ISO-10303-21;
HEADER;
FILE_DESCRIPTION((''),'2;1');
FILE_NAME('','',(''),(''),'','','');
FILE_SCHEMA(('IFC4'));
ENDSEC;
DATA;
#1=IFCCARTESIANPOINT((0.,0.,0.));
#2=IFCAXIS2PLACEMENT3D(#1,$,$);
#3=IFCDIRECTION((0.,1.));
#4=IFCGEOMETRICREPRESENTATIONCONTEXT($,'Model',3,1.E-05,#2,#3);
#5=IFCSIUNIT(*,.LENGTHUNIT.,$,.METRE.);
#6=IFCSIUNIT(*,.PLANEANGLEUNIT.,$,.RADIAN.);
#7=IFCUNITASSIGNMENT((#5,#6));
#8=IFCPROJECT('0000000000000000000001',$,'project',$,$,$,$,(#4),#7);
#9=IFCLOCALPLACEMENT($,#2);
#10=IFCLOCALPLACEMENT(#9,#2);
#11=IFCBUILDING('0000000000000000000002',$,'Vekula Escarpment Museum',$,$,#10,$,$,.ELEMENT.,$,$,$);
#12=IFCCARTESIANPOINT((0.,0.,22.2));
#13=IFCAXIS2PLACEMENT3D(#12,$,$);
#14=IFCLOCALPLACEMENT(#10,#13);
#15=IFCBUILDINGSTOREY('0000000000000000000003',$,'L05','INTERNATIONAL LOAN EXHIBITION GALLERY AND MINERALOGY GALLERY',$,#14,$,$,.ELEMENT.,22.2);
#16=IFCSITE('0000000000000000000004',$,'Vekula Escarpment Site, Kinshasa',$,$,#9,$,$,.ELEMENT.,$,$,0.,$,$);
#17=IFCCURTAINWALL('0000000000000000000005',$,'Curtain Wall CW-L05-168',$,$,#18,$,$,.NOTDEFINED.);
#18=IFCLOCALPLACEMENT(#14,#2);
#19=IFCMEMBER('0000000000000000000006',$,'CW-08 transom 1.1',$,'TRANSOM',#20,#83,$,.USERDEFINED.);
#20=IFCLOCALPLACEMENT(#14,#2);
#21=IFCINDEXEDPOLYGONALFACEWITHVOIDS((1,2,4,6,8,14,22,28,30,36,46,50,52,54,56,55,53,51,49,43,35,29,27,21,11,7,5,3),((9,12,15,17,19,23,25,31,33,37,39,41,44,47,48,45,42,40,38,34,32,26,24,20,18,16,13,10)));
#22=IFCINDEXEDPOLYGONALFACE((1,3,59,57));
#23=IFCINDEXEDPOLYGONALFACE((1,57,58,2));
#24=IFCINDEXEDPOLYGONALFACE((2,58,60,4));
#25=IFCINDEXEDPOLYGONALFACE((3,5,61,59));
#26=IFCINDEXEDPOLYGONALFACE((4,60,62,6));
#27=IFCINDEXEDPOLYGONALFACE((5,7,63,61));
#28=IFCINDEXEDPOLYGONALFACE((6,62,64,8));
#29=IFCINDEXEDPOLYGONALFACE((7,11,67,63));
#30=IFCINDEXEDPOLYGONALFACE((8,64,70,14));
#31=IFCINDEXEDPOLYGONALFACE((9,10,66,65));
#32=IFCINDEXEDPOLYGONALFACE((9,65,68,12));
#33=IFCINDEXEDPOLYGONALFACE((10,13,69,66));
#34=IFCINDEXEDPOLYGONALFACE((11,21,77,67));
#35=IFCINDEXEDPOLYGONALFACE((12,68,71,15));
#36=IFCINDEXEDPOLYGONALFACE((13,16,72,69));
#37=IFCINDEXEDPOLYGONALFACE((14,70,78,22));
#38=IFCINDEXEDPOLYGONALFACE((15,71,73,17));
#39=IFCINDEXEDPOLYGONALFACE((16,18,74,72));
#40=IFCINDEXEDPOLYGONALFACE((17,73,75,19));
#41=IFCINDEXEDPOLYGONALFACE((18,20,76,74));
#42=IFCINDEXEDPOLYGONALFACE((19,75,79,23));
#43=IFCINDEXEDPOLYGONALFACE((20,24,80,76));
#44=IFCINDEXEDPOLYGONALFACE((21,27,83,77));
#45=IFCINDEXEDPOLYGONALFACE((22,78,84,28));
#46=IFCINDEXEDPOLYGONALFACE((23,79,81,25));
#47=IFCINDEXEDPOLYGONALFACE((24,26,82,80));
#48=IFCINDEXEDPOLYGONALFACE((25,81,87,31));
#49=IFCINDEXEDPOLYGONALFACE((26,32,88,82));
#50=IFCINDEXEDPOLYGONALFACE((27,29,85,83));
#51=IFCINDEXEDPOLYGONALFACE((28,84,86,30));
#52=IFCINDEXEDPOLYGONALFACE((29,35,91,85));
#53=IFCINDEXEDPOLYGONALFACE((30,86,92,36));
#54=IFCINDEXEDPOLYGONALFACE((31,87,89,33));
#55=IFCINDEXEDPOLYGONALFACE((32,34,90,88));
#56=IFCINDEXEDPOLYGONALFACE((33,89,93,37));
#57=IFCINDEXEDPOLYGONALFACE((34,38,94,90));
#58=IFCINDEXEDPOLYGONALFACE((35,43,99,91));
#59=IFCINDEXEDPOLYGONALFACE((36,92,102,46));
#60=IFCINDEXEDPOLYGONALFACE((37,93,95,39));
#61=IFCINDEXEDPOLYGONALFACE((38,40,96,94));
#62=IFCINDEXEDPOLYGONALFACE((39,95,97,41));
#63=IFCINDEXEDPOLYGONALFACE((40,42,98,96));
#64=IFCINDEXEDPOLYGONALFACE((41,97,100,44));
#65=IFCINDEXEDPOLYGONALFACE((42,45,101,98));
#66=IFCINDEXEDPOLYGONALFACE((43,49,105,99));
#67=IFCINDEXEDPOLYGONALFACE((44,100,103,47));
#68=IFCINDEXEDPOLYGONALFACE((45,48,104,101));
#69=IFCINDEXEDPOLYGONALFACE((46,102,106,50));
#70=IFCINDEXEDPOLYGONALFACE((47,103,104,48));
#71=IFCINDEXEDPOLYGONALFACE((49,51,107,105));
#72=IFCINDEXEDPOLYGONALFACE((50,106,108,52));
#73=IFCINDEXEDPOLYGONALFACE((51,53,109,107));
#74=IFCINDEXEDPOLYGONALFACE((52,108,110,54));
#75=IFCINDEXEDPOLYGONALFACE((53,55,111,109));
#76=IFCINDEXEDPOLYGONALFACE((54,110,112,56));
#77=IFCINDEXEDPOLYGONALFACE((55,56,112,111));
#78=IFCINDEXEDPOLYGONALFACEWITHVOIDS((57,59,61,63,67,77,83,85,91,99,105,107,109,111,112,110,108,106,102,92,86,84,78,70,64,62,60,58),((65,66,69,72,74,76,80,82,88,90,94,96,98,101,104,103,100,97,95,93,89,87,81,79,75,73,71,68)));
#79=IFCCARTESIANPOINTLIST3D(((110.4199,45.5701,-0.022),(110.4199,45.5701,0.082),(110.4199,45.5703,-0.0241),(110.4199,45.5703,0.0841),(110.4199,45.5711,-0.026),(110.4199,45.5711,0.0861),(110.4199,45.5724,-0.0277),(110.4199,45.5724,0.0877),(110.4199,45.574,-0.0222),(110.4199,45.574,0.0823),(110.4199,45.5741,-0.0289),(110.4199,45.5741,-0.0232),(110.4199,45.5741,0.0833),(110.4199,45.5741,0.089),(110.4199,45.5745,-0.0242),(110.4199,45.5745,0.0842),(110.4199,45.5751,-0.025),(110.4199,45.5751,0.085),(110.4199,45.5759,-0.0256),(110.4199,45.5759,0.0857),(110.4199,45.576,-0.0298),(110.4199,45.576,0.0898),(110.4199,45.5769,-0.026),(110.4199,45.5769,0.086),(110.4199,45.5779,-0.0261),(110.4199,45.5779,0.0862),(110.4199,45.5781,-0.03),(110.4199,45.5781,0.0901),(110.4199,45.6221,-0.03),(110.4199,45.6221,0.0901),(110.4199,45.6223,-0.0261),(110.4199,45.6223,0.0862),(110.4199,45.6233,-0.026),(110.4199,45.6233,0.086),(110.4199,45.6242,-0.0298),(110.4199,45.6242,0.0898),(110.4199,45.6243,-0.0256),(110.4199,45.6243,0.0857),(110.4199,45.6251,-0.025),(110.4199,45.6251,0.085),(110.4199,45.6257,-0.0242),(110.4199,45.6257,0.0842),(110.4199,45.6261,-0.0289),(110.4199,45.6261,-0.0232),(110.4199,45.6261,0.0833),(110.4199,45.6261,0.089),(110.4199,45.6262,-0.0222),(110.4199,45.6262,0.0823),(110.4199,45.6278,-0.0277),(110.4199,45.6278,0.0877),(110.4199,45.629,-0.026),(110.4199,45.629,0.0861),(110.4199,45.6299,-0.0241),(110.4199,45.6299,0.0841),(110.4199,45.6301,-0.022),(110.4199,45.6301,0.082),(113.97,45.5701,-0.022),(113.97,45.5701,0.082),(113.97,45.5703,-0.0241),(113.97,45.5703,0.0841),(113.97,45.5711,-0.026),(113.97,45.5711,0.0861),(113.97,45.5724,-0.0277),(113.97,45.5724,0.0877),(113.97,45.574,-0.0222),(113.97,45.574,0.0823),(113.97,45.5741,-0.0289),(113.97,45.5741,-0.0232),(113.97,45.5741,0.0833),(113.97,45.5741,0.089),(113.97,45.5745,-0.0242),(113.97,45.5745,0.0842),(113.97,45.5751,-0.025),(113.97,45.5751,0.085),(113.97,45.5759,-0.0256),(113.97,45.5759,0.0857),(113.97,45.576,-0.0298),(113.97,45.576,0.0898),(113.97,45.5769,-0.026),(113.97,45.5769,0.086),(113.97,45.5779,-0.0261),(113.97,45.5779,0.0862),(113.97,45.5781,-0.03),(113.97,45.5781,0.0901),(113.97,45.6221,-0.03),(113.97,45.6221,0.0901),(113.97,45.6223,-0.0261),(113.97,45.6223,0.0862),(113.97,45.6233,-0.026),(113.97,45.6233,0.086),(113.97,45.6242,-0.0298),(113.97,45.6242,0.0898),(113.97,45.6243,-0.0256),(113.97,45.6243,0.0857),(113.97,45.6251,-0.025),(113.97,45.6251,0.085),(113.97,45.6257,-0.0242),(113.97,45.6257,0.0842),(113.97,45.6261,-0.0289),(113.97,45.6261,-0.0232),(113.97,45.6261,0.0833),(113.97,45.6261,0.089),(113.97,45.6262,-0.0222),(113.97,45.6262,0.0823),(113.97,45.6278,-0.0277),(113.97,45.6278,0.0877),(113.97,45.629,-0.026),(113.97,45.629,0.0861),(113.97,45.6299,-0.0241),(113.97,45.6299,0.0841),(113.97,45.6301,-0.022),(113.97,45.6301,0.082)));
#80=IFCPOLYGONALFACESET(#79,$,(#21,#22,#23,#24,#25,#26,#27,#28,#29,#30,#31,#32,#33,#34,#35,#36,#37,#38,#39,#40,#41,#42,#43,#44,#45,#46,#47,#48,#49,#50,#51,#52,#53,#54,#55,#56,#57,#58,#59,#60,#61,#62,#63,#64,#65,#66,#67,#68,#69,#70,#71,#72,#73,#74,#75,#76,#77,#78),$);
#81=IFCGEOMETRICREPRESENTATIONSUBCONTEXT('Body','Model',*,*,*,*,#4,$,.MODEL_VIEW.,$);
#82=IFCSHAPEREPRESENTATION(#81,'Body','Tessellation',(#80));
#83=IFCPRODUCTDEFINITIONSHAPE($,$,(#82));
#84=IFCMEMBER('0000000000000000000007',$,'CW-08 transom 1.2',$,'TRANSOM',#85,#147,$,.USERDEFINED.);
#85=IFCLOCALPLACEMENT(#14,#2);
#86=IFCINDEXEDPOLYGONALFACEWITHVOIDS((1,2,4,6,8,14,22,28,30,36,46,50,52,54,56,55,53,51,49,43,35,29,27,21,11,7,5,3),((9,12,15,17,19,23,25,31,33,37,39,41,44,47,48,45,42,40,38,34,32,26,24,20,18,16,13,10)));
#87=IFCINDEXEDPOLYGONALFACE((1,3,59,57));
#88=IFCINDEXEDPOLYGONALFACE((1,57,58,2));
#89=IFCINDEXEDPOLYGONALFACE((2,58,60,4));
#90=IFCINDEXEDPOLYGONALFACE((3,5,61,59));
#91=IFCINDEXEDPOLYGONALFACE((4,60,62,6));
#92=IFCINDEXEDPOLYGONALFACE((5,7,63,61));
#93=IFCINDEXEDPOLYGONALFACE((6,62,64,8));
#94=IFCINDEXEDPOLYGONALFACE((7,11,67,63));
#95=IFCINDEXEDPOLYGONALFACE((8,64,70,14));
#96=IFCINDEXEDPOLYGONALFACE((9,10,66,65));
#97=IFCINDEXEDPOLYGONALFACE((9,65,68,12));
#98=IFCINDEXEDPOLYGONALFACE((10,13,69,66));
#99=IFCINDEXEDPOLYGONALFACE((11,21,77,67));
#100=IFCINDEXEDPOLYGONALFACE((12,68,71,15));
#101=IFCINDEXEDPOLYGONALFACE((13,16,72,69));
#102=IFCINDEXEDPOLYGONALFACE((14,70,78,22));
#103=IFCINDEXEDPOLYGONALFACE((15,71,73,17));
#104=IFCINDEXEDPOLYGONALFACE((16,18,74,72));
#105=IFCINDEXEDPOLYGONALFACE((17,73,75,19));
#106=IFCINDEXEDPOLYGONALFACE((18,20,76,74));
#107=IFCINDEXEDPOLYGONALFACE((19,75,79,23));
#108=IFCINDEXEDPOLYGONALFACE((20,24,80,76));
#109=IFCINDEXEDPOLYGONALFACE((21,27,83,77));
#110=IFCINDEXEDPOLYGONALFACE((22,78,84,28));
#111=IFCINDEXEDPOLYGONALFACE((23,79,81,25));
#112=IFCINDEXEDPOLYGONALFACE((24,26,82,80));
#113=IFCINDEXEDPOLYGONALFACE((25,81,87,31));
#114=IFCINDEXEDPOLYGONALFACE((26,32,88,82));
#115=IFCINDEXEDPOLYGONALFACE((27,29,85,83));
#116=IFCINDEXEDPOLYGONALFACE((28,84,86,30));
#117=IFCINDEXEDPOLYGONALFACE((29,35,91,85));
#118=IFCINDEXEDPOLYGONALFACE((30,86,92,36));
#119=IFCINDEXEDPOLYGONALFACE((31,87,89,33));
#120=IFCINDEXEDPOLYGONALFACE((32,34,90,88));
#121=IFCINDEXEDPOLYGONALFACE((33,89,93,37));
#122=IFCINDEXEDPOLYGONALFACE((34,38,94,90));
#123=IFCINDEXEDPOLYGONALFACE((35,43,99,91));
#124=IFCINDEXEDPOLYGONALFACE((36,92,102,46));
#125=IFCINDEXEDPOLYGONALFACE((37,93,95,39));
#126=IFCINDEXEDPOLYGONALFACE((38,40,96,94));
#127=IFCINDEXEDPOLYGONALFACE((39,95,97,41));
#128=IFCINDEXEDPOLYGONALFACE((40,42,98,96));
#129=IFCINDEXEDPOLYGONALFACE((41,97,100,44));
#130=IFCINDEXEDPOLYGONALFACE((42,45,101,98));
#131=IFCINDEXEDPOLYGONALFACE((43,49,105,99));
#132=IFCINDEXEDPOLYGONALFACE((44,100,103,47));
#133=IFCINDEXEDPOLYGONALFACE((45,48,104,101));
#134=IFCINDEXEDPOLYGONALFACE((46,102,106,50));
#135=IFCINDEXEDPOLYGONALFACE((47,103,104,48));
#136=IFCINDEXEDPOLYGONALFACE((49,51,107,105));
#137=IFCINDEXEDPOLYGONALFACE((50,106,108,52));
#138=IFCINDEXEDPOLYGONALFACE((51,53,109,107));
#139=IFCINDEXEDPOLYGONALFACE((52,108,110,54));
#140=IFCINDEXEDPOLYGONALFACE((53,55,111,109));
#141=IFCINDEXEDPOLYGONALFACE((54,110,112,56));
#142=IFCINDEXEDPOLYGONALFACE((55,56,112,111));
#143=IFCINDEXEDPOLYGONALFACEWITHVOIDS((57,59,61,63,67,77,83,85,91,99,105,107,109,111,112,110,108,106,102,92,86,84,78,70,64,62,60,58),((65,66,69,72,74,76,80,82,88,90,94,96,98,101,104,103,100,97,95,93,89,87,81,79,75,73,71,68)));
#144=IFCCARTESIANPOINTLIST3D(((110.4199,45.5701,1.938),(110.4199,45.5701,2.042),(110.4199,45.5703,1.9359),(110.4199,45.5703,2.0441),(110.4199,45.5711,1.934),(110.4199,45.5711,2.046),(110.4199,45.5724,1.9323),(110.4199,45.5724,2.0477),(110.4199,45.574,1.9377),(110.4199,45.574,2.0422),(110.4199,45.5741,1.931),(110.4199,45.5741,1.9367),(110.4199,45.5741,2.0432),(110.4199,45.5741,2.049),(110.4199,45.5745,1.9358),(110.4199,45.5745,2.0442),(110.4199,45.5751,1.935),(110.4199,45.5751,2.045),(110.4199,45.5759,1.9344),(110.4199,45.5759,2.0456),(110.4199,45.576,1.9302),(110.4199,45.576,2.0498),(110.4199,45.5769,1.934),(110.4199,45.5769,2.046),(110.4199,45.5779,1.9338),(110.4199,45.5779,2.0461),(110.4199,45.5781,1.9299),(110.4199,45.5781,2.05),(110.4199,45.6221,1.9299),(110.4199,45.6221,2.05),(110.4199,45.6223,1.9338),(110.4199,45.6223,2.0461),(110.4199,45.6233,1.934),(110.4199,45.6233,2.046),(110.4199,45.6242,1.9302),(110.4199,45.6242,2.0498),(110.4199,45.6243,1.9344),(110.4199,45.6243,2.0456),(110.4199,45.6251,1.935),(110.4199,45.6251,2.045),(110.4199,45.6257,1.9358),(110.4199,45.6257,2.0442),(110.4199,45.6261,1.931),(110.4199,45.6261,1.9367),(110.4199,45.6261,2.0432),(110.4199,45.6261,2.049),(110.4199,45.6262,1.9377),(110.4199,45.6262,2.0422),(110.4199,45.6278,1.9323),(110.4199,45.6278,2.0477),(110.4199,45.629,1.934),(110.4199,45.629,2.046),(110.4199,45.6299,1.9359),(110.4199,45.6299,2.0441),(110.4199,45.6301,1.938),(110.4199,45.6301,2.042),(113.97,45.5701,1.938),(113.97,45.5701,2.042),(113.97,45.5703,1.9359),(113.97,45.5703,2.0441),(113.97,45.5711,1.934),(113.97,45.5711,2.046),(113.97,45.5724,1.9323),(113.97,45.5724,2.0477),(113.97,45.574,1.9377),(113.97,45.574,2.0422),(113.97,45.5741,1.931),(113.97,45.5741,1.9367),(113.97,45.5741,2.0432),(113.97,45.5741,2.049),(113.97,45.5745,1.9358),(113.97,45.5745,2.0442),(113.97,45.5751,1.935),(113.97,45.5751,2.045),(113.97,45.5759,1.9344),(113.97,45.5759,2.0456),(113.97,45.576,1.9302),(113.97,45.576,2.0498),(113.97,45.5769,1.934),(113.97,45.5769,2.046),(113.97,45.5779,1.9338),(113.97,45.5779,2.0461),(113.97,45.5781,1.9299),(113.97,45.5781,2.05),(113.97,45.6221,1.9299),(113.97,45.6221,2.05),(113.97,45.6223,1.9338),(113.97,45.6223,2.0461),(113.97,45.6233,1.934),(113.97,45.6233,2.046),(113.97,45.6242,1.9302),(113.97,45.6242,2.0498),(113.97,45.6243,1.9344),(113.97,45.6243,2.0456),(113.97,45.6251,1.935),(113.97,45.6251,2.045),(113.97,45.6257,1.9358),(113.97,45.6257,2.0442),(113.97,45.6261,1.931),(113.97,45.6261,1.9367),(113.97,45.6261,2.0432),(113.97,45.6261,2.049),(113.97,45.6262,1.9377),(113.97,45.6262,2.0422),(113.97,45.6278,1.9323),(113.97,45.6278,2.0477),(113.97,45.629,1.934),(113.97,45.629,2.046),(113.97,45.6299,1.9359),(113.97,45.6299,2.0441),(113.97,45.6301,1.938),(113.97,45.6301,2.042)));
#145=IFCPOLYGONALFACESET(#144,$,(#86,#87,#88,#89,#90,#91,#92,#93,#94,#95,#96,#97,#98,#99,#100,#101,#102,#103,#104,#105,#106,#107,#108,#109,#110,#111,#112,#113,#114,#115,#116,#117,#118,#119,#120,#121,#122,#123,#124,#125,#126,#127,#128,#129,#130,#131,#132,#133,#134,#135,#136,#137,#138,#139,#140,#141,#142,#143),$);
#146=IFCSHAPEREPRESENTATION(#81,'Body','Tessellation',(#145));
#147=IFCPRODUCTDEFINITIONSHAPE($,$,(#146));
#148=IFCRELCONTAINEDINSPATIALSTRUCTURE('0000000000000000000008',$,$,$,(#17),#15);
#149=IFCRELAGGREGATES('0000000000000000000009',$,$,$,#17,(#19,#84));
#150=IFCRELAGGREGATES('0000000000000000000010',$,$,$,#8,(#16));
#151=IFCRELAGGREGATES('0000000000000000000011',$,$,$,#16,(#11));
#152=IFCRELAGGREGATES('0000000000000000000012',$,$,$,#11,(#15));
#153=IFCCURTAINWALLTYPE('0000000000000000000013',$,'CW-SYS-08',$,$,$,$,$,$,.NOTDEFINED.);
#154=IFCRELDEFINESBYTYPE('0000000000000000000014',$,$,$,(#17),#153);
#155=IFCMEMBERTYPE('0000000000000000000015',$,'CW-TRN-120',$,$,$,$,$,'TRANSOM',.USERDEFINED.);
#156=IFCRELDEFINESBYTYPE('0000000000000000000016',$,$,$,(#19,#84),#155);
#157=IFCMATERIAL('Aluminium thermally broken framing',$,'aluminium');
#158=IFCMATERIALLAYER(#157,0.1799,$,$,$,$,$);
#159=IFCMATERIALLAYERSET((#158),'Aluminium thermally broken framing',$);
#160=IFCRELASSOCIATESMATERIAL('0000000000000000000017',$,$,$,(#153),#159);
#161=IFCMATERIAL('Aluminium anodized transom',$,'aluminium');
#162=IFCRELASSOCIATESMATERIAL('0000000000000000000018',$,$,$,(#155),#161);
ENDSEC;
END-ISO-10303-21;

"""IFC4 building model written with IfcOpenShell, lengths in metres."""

from ifc_helpers import new_model, si_unit, direction, frame, origin, origin_2d, place, context, subcontext, project, spatial, hollow_rectangle, extrude, material, layer, layer_set, material_profile, profile_set, type_object, element, aggregate, save


model = new_model("IFC4")

# Units and contexts
model_context = context("Model", 3, precision=1e-05, world=origin(), true_north=direction((0.0, 1.0)))
body_context = subcontext(model_context, "Body", "Model", "MODEL_VIEW")
ifc_project = project(units=[si_unit("LENGTHUNIT", "METRE"), si_unit("PLANEANGLEUNIT", "RADIAN")], contexts=[model_context])

# Site, building, storey
site_placement = place(None, origin())
site = spatial("IfcSite", under=ifc_project, at=site_placement, Name="Vekula Escarpment Site, Kinshasa", CompositionType="ELEMENT", RefElevation=0.0)
building_placement = place(site_placement, origin())
building = spatial("IfcBuilding", under=site, at=building_placement, Name="Vekula Escarpment Museum", CompositionType="ELEMENT")
storey_placement = place(building_placement, frame((0.0, 0.0, 22.2)))
storey = spatial("IfcBuildingStorey", under=building, at=storey_placement, Name="L05", Description="INTERNATIONAL LOAN EXHIBITION GALLERY AND MINERALOGY GALLERY", CompositionType="ELEMENT", Elevation=22.2)

# Curtain wall
ifc_material_1 = material(Name="Aluminium thermally broken framing", Category="aluminium")
ifc_layer_1 = layer(ifc_material_1, 0.1799)
ifc_layer_set_1 = layer_set([ifc_layer_1], Name="Aluminium thermally broken framing")
curtain_wall_type_1 = type_object("IfcCurtainWallType", Name="CW-SYS-08", PredefinedType="NOTDEFINED", material=ifc_layer_set_1)
curtain_wall_1_placement = place(storey_placement, origin())
curtain_wall_1 = element("IfcCurtainWall", 1, at=curtain_wall_1_placement, inside=storey, type_object=curtain_wall_type_1, Name="Curtain Wall CW-L05-168", PredefinedType="NOTDEFINED")

# Members
ifc_material_2 = material(Name="Aluminium anodized transom", Category="aluminium")
ifc_material_profile_1 = material_profile(ifc_material_2, hollow_rectangle(XDim=0.0601, YDim=0.1201, WallThickness=0.0039, InnerFilletRadius=0.0039, OuterFilletRadius=0.0081, at=origin_2d()), Name="ALU 120x60x4")
ifc_profile_set_1 = profile_set([ifc_material_profile_1], Name="Aluminium anodized transom")
member_type_1 = type_object("IfcMemberType", Name="CW-TRN-120", ElementType="TRANSOM", PredefinedType="USERDEFINED", material=ifc_profile_set_1)
member_1_placement = place(storey_placement, frame((110.4199, 45.6001, 0.03), z_axis=(1.0, 0.0, 0.0), x_axis=(0.0, 1.0, 0.0)))
member_1 = element("IfcMember", 2, at=member_1_placement, type_object=member_type_1, Name="CW-08 transom 1.1", ObjectType="TRANSOM", PredefinedType="USERDEFINED", context=body_context, shape_type="SweptSolid", body=[
    extrude(hollow_rectangle(XDim=0.0601, YDim=0.1201, WallThickness=0.0039, InnerFilletRadius=0.0039, OuterFilletRadius=0.0081, at=origin_2d()), origin(), (0.0, 0.0, 1.0), 3.55),
])
member_2_placement = place(storey_placement, frame((110.4199, 45.6001, 1.99), z_axis=(1.0, 0.0, 0.0), x_axis=(0.0, 1.0, 0.0)))
member_2 = element("IfcMember", 3, at=member_2_placement, type_object=member_type_1, Name="CW-08 transom 1.2", ObjectType="TRANSOM", PredefinedType="USERDEFINED", context=body_context, shape_type="SweptSolid", body=[
    extrude(hollow_rectangle(XDim=0.0601, YDim=0.1201, WallThickness=0.0039, InnerFilletRadius=0.0039, OuterFilletRadius=0.0081, at=origin_2d()), origin(), (0.0, 0.0, 1.0), 3.55),
])
aggregate(curtain_wall_1, [member_1, member_2])

save(model, "model.ifc")
